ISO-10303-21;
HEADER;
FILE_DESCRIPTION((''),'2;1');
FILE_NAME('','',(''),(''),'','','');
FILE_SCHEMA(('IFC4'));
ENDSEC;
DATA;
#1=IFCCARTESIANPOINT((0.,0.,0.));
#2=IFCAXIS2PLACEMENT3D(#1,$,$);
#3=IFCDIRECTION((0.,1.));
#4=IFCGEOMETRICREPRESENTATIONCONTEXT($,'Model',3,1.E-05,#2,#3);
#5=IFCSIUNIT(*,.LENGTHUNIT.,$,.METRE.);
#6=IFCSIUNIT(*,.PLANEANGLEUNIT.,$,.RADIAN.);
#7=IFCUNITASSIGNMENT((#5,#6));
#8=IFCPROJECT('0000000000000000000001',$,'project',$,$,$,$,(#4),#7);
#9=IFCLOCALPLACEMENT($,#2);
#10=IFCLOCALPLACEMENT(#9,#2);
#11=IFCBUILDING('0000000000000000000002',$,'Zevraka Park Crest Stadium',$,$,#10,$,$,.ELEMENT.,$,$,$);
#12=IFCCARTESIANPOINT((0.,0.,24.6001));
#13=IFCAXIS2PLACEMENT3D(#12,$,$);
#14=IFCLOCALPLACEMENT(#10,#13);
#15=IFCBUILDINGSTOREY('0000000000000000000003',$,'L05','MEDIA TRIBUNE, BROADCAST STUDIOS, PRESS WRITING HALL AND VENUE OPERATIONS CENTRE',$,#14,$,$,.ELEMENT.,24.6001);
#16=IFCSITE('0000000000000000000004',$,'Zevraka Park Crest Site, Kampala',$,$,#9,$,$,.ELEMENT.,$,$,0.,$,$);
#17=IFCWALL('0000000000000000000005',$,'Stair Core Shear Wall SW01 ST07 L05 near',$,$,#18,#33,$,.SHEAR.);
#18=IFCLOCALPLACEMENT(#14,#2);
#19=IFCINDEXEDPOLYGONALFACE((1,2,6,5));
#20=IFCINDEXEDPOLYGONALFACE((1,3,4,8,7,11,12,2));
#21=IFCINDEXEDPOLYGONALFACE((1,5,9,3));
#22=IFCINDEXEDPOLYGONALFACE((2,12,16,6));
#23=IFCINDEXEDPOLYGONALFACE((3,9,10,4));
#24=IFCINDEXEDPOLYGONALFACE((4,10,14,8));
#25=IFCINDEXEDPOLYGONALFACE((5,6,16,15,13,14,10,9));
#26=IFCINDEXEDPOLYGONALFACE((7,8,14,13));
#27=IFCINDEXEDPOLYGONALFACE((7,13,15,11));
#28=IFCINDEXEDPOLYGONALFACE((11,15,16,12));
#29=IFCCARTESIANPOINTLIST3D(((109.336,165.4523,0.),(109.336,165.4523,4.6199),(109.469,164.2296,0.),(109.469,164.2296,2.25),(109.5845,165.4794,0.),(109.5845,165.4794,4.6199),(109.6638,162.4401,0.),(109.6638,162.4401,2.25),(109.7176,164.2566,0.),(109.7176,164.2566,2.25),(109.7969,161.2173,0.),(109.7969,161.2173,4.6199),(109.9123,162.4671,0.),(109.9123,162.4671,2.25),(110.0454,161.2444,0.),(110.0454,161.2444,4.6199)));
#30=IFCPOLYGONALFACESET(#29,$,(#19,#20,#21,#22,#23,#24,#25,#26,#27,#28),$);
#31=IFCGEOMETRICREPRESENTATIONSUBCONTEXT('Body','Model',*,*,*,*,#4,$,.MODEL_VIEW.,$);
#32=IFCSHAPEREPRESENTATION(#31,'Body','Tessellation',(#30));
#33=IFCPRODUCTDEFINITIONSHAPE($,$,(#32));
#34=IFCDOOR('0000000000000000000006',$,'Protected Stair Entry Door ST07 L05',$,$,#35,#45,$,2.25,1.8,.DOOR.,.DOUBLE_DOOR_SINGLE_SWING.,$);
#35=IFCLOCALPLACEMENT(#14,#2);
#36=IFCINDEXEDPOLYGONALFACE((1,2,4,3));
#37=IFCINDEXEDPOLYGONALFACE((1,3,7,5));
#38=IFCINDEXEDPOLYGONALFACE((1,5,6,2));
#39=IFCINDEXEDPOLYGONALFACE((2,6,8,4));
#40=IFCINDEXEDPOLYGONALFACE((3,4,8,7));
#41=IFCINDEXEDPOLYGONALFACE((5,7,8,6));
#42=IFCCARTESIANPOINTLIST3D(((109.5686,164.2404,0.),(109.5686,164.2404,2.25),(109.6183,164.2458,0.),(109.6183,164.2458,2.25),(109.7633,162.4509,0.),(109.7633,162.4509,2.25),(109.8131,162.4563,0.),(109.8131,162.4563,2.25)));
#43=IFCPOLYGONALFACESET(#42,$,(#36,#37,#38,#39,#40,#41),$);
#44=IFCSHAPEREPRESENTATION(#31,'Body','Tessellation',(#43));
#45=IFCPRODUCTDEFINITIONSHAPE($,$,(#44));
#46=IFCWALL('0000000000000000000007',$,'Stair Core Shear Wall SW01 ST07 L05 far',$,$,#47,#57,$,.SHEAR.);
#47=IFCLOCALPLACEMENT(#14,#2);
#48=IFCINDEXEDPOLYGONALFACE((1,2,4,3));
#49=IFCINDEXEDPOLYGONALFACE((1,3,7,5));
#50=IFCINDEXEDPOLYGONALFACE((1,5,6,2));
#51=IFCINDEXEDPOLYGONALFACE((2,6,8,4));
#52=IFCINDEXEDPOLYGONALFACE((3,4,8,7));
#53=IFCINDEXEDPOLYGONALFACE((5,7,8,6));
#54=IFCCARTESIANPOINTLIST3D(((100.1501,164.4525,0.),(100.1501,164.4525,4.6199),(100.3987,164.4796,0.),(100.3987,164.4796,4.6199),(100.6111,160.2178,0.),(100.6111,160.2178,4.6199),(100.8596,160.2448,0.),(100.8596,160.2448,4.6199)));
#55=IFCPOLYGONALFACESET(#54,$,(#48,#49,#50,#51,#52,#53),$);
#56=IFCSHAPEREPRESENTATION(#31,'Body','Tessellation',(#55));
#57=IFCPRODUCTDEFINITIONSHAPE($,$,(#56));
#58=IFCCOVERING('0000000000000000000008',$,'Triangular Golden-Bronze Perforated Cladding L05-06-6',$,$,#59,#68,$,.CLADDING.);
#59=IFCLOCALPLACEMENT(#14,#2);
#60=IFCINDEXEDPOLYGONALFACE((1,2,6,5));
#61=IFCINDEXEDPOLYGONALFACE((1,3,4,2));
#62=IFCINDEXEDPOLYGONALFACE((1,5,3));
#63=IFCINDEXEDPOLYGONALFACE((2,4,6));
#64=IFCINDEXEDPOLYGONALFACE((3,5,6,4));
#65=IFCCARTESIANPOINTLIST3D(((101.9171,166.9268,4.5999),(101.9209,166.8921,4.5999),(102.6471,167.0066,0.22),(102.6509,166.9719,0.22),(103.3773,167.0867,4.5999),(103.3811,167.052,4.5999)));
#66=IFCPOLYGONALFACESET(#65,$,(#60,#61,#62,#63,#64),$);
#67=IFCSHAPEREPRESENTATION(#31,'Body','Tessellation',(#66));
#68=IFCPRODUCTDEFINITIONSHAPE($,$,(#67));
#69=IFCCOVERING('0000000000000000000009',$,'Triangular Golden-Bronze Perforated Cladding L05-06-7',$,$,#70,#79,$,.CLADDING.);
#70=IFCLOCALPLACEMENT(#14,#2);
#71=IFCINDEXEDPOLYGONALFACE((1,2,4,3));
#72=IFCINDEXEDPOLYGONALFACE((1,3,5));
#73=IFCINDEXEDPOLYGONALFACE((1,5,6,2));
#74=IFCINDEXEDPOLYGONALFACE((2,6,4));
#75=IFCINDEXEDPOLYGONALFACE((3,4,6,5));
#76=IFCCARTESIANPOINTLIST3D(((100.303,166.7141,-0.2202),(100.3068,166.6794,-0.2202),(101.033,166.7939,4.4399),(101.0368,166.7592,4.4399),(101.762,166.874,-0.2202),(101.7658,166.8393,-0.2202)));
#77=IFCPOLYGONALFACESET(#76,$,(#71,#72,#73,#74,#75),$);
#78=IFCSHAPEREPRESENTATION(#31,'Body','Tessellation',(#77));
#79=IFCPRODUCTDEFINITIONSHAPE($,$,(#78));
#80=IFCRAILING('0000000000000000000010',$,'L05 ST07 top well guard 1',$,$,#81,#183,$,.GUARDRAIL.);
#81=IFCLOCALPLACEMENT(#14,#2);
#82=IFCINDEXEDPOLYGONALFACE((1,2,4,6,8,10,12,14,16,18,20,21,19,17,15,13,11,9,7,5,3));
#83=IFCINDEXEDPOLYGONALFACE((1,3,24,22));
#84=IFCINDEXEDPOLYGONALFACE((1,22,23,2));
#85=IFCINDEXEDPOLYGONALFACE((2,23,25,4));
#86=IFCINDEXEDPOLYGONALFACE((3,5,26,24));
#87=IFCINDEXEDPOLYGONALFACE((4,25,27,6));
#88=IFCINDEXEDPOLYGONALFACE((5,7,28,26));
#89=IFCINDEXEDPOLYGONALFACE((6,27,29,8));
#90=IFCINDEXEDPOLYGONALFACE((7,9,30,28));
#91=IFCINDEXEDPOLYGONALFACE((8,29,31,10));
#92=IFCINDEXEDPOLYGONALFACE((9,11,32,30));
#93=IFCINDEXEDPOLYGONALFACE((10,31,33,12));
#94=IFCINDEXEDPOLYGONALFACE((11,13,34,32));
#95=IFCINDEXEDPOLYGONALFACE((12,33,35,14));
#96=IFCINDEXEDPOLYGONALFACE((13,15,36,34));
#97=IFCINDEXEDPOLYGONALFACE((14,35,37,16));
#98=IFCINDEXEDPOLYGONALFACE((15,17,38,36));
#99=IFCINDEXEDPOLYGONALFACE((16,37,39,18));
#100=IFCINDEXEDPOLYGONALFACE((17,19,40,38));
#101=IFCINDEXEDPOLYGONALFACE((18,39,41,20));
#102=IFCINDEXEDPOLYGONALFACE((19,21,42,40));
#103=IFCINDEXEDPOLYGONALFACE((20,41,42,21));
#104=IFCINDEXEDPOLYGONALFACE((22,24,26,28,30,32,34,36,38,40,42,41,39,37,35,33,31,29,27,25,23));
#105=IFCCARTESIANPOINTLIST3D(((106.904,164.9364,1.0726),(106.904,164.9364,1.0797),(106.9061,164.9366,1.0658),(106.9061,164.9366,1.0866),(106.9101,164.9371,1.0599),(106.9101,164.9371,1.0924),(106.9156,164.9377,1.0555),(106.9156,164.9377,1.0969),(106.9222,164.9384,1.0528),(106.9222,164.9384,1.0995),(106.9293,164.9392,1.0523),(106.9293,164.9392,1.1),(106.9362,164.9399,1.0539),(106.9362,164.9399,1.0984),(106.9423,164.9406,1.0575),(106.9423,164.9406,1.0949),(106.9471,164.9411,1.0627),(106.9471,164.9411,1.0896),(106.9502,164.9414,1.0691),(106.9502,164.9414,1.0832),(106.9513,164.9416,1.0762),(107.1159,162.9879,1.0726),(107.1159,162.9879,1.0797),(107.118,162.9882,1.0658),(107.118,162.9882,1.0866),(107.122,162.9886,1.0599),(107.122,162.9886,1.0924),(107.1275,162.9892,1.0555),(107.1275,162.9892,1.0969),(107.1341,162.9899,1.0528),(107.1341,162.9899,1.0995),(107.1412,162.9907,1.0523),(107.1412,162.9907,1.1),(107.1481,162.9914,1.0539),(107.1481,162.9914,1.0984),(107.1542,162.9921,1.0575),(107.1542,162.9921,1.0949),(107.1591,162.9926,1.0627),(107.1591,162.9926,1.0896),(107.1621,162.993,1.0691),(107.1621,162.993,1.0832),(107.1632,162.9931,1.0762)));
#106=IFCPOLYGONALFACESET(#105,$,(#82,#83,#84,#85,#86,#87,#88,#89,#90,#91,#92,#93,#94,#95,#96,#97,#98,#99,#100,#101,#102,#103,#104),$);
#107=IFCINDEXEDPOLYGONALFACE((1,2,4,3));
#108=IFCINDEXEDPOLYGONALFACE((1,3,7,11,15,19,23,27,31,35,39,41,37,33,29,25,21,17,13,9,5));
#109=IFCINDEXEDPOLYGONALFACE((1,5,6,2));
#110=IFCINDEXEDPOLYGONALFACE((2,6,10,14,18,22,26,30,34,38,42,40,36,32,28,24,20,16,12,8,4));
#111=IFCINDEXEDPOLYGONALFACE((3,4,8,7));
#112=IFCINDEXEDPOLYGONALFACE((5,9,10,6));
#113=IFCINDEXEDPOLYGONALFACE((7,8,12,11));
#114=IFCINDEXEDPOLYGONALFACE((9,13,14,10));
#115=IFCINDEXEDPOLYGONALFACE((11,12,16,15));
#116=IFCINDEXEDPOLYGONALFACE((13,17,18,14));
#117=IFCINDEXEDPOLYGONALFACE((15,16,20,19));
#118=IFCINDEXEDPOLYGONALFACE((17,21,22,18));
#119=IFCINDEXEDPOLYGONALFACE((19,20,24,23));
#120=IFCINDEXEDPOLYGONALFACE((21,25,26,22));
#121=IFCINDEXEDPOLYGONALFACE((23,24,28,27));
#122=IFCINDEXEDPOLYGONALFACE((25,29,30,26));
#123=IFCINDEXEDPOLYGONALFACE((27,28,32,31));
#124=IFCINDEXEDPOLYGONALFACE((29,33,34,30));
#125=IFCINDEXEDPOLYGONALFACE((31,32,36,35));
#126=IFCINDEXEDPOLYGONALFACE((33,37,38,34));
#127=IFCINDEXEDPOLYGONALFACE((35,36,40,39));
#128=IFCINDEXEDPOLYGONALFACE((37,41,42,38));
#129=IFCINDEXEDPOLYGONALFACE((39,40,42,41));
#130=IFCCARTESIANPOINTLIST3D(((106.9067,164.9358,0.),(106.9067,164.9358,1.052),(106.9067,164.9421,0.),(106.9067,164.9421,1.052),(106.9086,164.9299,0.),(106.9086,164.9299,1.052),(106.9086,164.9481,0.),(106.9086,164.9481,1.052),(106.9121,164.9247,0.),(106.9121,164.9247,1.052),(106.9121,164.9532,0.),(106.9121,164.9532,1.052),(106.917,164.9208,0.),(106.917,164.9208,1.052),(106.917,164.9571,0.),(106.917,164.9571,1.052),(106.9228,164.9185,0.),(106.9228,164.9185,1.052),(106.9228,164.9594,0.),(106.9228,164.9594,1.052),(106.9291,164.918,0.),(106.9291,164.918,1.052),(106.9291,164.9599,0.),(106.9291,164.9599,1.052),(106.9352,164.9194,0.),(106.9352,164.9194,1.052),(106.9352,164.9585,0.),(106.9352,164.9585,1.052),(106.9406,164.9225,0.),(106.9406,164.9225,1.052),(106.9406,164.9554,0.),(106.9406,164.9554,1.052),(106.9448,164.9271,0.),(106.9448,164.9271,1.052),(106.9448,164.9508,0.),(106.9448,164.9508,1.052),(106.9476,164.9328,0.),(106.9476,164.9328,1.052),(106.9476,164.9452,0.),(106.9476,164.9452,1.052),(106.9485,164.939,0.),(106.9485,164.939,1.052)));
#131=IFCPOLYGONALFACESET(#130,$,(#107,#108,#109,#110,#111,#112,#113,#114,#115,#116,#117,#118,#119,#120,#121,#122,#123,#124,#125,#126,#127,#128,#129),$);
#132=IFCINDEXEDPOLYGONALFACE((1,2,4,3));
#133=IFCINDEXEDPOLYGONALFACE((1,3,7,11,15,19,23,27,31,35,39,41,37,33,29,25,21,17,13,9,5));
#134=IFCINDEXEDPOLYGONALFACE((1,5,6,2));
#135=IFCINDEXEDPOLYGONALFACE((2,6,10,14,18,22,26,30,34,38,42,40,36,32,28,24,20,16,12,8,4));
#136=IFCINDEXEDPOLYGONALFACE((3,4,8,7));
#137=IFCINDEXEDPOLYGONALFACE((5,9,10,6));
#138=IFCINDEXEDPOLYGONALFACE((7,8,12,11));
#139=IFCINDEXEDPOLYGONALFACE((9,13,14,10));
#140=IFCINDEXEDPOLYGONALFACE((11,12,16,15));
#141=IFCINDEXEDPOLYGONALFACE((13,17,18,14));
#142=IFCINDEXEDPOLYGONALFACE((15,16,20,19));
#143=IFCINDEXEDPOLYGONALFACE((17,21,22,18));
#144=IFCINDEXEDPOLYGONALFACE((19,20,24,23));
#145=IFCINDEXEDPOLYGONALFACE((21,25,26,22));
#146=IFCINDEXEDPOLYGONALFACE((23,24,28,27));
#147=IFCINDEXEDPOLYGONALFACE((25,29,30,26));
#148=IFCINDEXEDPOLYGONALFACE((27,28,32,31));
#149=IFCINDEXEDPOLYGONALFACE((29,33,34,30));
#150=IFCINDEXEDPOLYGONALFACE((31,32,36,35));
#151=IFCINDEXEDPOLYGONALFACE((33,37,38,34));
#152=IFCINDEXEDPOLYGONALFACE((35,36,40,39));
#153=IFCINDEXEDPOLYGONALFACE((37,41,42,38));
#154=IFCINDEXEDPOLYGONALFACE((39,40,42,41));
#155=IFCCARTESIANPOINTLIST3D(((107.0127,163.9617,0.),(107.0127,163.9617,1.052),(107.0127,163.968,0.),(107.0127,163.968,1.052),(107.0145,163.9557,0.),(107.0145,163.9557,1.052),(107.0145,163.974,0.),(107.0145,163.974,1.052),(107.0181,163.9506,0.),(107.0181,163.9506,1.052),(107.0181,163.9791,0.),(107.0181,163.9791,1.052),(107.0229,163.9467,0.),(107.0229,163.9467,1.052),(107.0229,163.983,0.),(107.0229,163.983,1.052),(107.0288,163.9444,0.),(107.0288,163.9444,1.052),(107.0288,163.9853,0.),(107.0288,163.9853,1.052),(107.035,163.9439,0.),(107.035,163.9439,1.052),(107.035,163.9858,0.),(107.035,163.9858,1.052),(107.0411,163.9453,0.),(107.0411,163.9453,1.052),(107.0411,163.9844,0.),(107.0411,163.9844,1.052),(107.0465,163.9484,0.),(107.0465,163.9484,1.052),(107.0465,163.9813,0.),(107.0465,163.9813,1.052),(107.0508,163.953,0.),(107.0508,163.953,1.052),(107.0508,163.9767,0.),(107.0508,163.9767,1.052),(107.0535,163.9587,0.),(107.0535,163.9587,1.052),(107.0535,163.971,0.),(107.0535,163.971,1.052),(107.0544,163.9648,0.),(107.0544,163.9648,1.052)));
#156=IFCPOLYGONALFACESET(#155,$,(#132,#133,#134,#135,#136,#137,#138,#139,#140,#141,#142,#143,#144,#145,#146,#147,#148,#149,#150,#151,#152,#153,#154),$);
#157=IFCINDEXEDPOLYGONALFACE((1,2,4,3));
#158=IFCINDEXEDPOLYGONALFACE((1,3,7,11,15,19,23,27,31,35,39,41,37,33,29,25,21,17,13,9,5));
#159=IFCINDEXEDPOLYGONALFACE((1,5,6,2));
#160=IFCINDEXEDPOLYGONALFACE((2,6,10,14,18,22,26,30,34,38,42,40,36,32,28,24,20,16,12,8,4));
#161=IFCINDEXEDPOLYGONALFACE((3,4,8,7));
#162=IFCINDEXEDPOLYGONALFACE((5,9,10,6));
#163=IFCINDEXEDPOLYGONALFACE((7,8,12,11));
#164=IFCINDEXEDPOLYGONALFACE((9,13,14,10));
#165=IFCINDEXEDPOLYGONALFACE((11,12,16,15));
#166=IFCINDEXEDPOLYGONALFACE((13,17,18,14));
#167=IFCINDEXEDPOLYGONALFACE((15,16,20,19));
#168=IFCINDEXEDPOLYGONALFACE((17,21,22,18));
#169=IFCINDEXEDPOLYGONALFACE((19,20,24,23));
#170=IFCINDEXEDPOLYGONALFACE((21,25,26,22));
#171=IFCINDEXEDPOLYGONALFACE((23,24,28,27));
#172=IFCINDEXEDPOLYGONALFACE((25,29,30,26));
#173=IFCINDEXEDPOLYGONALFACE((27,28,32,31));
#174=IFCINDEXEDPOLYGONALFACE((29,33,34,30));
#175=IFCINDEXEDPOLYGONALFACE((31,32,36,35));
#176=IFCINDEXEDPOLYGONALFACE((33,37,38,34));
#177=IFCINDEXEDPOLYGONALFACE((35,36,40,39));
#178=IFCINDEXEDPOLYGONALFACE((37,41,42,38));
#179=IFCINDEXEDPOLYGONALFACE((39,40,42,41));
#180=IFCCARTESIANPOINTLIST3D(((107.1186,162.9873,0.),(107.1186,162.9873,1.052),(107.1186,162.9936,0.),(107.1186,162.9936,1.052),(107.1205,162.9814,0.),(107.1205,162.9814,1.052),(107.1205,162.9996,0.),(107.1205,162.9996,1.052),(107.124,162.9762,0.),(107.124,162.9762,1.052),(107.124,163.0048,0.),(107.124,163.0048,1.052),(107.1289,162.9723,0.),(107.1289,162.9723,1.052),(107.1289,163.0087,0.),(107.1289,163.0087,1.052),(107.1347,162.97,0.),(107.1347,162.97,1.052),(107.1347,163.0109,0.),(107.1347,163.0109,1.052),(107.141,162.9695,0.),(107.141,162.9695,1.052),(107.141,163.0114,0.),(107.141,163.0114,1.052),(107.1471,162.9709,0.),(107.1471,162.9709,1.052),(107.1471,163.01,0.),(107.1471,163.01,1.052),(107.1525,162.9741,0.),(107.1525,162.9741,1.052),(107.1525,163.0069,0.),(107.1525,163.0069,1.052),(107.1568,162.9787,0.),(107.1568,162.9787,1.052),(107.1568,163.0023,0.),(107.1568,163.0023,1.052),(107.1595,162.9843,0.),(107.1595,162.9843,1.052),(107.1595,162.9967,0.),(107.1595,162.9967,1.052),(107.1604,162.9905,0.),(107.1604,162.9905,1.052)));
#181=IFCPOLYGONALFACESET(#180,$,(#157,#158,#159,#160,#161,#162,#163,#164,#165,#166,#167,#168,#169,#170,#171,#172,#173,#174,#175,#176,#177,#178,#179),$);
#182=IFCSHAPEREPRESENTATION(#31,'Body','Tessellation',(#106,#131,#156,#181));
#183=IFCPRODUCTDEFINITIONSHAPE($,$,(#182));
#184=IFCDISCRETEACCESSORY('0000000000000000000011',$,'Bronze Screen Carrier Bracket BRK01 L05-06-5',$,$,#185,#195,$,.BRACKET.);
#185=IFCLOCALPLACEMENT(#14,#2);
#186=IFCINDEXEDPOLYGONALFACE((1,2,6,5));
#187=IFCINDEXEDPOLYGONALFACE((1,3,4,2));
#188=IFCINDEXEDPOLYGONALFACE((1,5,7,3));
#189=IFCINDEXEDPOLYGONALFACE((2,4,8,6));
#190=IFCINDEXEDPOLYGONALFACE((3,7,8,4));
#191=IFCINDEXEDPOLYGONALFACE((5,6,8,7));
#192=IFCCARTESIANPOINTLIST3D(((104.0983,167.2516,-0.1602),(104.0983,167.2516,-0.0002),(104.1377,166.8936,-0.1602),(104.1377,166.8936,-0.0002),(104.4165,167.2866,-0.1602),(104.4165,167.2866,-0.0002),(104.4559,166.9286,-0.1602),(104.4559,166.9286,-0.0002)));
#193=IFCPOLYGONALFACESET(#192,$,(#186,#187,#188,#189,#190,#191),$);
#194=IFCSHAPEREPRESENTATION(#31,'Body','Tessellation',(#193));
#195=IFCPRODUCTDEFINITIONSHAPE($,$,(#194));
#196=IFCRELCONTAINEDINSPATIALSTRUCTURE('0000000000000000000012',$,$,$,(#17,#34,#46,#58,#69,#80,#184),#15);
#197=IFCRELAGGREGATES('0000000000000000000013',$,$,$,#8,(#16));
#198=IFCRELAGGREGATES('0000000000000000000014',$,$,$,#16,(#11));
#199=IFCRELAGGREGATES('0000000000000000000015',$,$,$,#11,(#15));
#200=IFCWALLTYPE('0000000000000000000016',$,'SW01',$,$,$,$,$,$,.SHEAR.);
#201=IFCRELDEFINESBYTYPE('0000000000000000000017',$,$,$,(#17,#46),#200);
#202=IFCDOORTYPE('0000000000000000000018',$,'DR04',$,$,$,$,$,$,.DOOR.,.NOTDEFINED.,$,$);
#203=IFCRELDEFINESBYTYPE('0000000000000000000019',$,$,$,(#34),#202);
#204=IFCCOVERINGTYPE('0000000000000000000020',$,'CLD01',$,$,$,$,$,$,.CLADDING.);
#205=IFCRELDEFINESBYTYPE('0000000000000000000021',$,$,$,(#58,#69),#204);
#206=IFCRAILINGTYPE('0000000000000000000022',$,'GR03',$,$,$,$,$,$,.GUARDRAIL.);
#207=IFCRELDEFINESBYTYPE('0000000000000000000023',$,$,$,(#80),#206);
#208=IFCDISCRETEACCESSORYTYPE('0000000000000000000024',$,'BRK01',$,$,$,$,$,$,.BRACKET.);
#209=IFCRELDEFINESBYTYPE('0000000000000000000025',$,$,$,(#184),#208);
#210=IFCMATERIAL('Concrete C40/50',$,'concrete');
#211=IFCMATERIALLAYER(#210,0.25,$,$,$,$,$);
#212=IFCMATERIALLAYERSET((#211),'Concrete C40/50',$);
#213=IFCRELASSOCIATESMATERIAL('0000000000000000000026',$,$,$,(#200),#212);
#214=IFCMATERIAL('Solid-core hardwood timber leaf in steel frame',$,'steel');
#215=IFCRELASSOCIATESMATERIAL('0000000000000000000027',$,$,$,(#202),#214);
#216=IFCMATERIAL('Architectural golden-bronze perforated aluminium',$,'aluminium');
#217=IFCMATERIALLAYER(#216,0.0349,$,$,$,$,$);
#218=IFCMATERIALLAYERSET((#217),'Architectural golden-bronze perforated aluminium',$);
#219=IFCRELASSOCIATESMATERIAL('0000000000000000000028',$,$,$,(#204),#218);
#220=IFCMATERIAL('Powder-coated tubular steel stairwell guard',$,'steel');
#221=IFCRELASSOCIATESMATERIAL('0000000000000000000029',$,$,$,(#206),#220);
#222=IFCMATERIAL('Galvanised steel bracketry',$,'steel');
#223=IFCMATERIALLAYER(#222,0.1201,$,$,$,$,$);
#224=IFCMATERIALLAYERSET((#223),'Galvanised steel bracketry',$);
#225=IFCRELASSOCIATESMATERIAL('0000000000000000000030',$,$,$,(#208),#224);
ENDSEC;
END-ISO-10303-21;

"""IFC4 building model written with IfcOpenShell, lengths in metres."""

from ifc_helpers import new_model, si_unit, direction, frame, frame_2d, origin, origin_2d, place, context, subcontext, project, spatial, polyline, rectangle, circle, outline, extrude, material, layer, layer_set, type_object, element, fill, save


model = new_model("IFC4")

# Units and contexts
model_context = context("Model", 3, precision=1e-05, world=origin(), true_north=direction((0.0, 1.0)))
body_context = subcontext(model_context, "Body", "Model", "MODEL_VIEW")
ifc_project = project(units=[si_unit("LENGTHUNIT", "METRE"), si_unit("PLANEANGLEUNIT", "RADIAN")], contexts=[model_context])

# Site, building, storey
site_placement = place(None, origin())
site = spatial("IfcSite", under=ifc_project, at=site_placement, Name="Zevraka Park Crest Site, Kampala", CompositionType="ELEMENT", RefElevation=0.0)
building_placement = place(site_placement, origin())
building = spatial("IfcBuilding", under=site, at=building_placement, Name="Zevraka Park Crest Stadium", CompositionType="ELEMENT")
storey_placement = place(building_placement, frame((0.0, 0.0, 24.6001)))
storey = spatial("IfcBuildingStorey", under=building, at=storey_placement, Name="L05", Description="MEDIA TRIBUNE, BROADCAST STUDIOS, PRESS WRITING HALL AND VENUE OPERATIONS CENTRE", CompositionType="ELEMENT", Elevation=24.6001)

# Shared definitions
ifc_material_1 = material(Name="Concrete C40/50", Category="concrete")
ifc_layer_1 = layer(ifc_material_1, 0.25)
ifc_layer_set_1 = layer_set([ifc_layer_1], Name="Concrete C40/50")
wall_type_1 = type_object("IfcWallType", Name="SW01", PredefinedType="SHEAR", material=ifc_layer_set_1)

# Wall, opening, door
wall_1_placement = place(storey_placement, frame((109.9211, 161.231, 0.0), z_axis=(0.0, 0.0, 1.0), x_axis=(-0.108198, 0.994129, 0.0)))
wall_1 = element("IfcWall", 1, at=wall_1_placement, inside=storey, type_object=wall_type_1, Name="Stair Core Shear Wall SW01 ST07 L05 near", PredefinedType="SHEAR", context=body_context, shape_type="SweptSolid", body=[
    extrude(rectangle(XDim=4.26, YDim=0.25, at=frame_2d((2.1299, 0.0))), origin(), (0.0, 0.0, 1.0), 4.6199),
])
opening_placement = place(wall_1_placement, frame((1.23, 0.0, 0.0)))
opening = element("IfcOpeningElement", 2, at=opening_placement, cuts=wall_1, PredefinedType="OPENING", context=body_context, shape_type="SweptSolid", body=[
    extrude(rectangle(XDim=1.8, YDim=2.25, at=frame_2d((0.8999, 1.125))), frame((0.0, 0.135, 0.0), z_axis=(0.0, -1.0, 0.0), x_axis=(1.0, 0.0, 0.0)), (0.0, 0.0, 1.0), 0.27),
])
ifc_material_2 = material(Name="Solid-core hardwood timber leaf in steel frame", Category="steel")
door_type = type_object("IfcDoorType", Name="DR04", OperationType="NOTDEFINED", PredefinedType="DOOR", material=ifc_material_2)
door_placement = place(opening_placement, origin())
door = element("IfcDoor", 3, at=door_placement, inside=storey, type_object=door_type, Name="Protected Stair Entry Door ST07 L05", OperationType="DOUBLE_DOOR_SINGLE_SWING", OverallHeight=2.25, OverallWidth=1.8, PredefinedType="DOOR", context=body_context, shape_type="SweptSolid", body=[
    extrude(rectangle(XDim=1.8, YDim=2.25, at=frame_2d((0.8999, 1.125))), frame((0.0, 0.0249, 0.0), z_axis=(0.0, -1.0, 0.0), x_axis=(1.0, 0.0, 0.0)), (0.0, 0.0, 1.0), 0.05),
])
fill(opening, door)

# Wall
wall_2_placement = place(storey_placement, frame((100.2744, 164.4661, 0.0), z_axis=(0.0, 0.0, 1.0), x_axis=(0.108204, -0.994129, 0.0)))
element("IfcWall", 4, at=wall_2_placement, inside=storey, type_object=wall_type_1, Name="Stair Core Shear Wall SW01 ST07 L05 far", PredefinedType="SHEAR", context=body_context, shape_type="SweptSolid", body=[
    extrude(rectangle(XDim=4.2598, YDim=0.25, at=frame_2d((2.1299, 0.0))), origin(), (0.0, 0.0, 1.0), 4.6199),
])

# Coverings
ifc_material_3 = material(Name="Architectural golden-bronze perforated aluminium", Category="aluminium")
ifc_layer_2 = layer(ifc_material_3, 0.0349)
ifc_layer_set_2 = layer_set([ifc_layer_2], Name="Architectural golden-bronze perforated aluminium")
covering_type = type_object("IfcCoveringType", Name="CLD01", PredefinedType="CLADDING", material=ifc_layer_set_2)
covering_1_placement = place(storey_placement, frame((101.9209, 166.8921, 4.5999), z_axis=(0.108863, -0.994057, 0.000025), x_axis=(0.994057, 0.108863, 0.0)))
element("IfcCovering", 5, at=covering_1_placement, inside=storey, type_object=covering_type, Name="Triangular Golden-Bronze Perforated Cladding L05-06-6", PredefinedType="CLADDING", context=body_context, shape_type="SweptSolid", body=[
    extrude(outline(polyline([(0.0, 0.0), (1.4689, 0.0), (0.7343, -4.3799), (0.0, 0.0)])), origin(), (0.0, 0.0, -1.0), 0.0349),
])
covering_2_placement = place(storey_placement, frame((101.762, 166.874, -0.2202), z_axis=(-0.108953, 0.994047, 0.000037), x_axis=(-0.994047, -0.108953, 0.0)))
element("IfcCovering", 6, at=covering_2_placement, inside=storey, type_object=covering_type, Name="Triangular Golden-Bronze Perforated Cladding L05-06-7", PredefinedType="CLADDING", context=body_context, shape_type="SweptSolid", body=[
    extrude(outline(polyline([(0.0, 0.0), (1.4677, 0.0), (0.7334, 4.6602), (0.0, 0.0)])), origin(), (0.0, 0.0, -1.0), 0.0349),
])

# Railing
ifc_material_4 = material(Name="Powder-coated tubular steel stairwell guard", Category="steel")
railing_type = type_object("IfcRailingType", Name="GR03", PredefinedType="GUARDRAIL", material=ifc_material_4)
railing_placement = place(storey_placement, frame((106.9275, 164.939, 0.0)))
element("IfcRailing", 7, at=railing_placement, inside=storey, type_object=railing_type, Name="L05 ST07 top well guard 1", PredefinedType="GUARDRAIL", context=body_context, shape_type="SweptSolid", body=[
    extrude(circle(Radius=0.0239, at=origin_2d()), frame((0.0, 0.0, 1.0762), z_axis=(0.108121, -0.994138, 0.0), x_axis=(0.994138, 0.108121, 0.0)), (0.0, 0.0, 1.0), 1.96),
    extrude(circle(Radius=0.021, at=origin_2d()), origin(), (0.0, 0.0, 1.0), 1.052),
    extrude(circle(Radius=0.021, at=origin_2d()), frame((0.106, -0.9741, 0.0)), (0.0, 0.0, 1.0), 1.052),
    extrude(circle(Radius=0.021, at=origin_2d()), frame((0.2119, -1.9485, 0.0)), (0.0, 0.0, 1.0), 1.052),
])

# Discrete accessory
ifc_material_5 = material(Name="Galvanised steel bracketry", Category="steel")
ifc_layer_3 = layer(ifc_material_5, 0.1201)
ifc_layer_set_3 = layer_set([ifc_layer_3], Name="Galvanised steel bracketry")
discrete_accessory_type = type_object("IfcDiscreteAccessoryType", Name="BRK01", PredefinedType="BRACKET", material=ifc_layer_set_3)
for number, where, z_axis, x_axis, name in (
    (8, (104.2771, 167.0901, -0.1602), (0.0, 0.0, 1.0), (-0.993999, -0.109387, 0.0), "Bronze Screen Carrier Bracket BRK01 L05-06-5"),
):
    element("IfcDiscreteAccessory", number, at=place(storey_placement, frame(where, z_axis=z_axis, x_axis=x_axis)), inside=storey, type_object=discrete_accessory_type, Name=name, PredefinedType="BRACKET", context=body_context, shape_type="SweptSolid", body=[
        extrude(rectangle(XDim=0.3201, YDim=0.3601, at=origin_2d()), origin(), (0.0, 0.0, 1.0), 0.1599),
    ])

save(model, "model.ifc")
